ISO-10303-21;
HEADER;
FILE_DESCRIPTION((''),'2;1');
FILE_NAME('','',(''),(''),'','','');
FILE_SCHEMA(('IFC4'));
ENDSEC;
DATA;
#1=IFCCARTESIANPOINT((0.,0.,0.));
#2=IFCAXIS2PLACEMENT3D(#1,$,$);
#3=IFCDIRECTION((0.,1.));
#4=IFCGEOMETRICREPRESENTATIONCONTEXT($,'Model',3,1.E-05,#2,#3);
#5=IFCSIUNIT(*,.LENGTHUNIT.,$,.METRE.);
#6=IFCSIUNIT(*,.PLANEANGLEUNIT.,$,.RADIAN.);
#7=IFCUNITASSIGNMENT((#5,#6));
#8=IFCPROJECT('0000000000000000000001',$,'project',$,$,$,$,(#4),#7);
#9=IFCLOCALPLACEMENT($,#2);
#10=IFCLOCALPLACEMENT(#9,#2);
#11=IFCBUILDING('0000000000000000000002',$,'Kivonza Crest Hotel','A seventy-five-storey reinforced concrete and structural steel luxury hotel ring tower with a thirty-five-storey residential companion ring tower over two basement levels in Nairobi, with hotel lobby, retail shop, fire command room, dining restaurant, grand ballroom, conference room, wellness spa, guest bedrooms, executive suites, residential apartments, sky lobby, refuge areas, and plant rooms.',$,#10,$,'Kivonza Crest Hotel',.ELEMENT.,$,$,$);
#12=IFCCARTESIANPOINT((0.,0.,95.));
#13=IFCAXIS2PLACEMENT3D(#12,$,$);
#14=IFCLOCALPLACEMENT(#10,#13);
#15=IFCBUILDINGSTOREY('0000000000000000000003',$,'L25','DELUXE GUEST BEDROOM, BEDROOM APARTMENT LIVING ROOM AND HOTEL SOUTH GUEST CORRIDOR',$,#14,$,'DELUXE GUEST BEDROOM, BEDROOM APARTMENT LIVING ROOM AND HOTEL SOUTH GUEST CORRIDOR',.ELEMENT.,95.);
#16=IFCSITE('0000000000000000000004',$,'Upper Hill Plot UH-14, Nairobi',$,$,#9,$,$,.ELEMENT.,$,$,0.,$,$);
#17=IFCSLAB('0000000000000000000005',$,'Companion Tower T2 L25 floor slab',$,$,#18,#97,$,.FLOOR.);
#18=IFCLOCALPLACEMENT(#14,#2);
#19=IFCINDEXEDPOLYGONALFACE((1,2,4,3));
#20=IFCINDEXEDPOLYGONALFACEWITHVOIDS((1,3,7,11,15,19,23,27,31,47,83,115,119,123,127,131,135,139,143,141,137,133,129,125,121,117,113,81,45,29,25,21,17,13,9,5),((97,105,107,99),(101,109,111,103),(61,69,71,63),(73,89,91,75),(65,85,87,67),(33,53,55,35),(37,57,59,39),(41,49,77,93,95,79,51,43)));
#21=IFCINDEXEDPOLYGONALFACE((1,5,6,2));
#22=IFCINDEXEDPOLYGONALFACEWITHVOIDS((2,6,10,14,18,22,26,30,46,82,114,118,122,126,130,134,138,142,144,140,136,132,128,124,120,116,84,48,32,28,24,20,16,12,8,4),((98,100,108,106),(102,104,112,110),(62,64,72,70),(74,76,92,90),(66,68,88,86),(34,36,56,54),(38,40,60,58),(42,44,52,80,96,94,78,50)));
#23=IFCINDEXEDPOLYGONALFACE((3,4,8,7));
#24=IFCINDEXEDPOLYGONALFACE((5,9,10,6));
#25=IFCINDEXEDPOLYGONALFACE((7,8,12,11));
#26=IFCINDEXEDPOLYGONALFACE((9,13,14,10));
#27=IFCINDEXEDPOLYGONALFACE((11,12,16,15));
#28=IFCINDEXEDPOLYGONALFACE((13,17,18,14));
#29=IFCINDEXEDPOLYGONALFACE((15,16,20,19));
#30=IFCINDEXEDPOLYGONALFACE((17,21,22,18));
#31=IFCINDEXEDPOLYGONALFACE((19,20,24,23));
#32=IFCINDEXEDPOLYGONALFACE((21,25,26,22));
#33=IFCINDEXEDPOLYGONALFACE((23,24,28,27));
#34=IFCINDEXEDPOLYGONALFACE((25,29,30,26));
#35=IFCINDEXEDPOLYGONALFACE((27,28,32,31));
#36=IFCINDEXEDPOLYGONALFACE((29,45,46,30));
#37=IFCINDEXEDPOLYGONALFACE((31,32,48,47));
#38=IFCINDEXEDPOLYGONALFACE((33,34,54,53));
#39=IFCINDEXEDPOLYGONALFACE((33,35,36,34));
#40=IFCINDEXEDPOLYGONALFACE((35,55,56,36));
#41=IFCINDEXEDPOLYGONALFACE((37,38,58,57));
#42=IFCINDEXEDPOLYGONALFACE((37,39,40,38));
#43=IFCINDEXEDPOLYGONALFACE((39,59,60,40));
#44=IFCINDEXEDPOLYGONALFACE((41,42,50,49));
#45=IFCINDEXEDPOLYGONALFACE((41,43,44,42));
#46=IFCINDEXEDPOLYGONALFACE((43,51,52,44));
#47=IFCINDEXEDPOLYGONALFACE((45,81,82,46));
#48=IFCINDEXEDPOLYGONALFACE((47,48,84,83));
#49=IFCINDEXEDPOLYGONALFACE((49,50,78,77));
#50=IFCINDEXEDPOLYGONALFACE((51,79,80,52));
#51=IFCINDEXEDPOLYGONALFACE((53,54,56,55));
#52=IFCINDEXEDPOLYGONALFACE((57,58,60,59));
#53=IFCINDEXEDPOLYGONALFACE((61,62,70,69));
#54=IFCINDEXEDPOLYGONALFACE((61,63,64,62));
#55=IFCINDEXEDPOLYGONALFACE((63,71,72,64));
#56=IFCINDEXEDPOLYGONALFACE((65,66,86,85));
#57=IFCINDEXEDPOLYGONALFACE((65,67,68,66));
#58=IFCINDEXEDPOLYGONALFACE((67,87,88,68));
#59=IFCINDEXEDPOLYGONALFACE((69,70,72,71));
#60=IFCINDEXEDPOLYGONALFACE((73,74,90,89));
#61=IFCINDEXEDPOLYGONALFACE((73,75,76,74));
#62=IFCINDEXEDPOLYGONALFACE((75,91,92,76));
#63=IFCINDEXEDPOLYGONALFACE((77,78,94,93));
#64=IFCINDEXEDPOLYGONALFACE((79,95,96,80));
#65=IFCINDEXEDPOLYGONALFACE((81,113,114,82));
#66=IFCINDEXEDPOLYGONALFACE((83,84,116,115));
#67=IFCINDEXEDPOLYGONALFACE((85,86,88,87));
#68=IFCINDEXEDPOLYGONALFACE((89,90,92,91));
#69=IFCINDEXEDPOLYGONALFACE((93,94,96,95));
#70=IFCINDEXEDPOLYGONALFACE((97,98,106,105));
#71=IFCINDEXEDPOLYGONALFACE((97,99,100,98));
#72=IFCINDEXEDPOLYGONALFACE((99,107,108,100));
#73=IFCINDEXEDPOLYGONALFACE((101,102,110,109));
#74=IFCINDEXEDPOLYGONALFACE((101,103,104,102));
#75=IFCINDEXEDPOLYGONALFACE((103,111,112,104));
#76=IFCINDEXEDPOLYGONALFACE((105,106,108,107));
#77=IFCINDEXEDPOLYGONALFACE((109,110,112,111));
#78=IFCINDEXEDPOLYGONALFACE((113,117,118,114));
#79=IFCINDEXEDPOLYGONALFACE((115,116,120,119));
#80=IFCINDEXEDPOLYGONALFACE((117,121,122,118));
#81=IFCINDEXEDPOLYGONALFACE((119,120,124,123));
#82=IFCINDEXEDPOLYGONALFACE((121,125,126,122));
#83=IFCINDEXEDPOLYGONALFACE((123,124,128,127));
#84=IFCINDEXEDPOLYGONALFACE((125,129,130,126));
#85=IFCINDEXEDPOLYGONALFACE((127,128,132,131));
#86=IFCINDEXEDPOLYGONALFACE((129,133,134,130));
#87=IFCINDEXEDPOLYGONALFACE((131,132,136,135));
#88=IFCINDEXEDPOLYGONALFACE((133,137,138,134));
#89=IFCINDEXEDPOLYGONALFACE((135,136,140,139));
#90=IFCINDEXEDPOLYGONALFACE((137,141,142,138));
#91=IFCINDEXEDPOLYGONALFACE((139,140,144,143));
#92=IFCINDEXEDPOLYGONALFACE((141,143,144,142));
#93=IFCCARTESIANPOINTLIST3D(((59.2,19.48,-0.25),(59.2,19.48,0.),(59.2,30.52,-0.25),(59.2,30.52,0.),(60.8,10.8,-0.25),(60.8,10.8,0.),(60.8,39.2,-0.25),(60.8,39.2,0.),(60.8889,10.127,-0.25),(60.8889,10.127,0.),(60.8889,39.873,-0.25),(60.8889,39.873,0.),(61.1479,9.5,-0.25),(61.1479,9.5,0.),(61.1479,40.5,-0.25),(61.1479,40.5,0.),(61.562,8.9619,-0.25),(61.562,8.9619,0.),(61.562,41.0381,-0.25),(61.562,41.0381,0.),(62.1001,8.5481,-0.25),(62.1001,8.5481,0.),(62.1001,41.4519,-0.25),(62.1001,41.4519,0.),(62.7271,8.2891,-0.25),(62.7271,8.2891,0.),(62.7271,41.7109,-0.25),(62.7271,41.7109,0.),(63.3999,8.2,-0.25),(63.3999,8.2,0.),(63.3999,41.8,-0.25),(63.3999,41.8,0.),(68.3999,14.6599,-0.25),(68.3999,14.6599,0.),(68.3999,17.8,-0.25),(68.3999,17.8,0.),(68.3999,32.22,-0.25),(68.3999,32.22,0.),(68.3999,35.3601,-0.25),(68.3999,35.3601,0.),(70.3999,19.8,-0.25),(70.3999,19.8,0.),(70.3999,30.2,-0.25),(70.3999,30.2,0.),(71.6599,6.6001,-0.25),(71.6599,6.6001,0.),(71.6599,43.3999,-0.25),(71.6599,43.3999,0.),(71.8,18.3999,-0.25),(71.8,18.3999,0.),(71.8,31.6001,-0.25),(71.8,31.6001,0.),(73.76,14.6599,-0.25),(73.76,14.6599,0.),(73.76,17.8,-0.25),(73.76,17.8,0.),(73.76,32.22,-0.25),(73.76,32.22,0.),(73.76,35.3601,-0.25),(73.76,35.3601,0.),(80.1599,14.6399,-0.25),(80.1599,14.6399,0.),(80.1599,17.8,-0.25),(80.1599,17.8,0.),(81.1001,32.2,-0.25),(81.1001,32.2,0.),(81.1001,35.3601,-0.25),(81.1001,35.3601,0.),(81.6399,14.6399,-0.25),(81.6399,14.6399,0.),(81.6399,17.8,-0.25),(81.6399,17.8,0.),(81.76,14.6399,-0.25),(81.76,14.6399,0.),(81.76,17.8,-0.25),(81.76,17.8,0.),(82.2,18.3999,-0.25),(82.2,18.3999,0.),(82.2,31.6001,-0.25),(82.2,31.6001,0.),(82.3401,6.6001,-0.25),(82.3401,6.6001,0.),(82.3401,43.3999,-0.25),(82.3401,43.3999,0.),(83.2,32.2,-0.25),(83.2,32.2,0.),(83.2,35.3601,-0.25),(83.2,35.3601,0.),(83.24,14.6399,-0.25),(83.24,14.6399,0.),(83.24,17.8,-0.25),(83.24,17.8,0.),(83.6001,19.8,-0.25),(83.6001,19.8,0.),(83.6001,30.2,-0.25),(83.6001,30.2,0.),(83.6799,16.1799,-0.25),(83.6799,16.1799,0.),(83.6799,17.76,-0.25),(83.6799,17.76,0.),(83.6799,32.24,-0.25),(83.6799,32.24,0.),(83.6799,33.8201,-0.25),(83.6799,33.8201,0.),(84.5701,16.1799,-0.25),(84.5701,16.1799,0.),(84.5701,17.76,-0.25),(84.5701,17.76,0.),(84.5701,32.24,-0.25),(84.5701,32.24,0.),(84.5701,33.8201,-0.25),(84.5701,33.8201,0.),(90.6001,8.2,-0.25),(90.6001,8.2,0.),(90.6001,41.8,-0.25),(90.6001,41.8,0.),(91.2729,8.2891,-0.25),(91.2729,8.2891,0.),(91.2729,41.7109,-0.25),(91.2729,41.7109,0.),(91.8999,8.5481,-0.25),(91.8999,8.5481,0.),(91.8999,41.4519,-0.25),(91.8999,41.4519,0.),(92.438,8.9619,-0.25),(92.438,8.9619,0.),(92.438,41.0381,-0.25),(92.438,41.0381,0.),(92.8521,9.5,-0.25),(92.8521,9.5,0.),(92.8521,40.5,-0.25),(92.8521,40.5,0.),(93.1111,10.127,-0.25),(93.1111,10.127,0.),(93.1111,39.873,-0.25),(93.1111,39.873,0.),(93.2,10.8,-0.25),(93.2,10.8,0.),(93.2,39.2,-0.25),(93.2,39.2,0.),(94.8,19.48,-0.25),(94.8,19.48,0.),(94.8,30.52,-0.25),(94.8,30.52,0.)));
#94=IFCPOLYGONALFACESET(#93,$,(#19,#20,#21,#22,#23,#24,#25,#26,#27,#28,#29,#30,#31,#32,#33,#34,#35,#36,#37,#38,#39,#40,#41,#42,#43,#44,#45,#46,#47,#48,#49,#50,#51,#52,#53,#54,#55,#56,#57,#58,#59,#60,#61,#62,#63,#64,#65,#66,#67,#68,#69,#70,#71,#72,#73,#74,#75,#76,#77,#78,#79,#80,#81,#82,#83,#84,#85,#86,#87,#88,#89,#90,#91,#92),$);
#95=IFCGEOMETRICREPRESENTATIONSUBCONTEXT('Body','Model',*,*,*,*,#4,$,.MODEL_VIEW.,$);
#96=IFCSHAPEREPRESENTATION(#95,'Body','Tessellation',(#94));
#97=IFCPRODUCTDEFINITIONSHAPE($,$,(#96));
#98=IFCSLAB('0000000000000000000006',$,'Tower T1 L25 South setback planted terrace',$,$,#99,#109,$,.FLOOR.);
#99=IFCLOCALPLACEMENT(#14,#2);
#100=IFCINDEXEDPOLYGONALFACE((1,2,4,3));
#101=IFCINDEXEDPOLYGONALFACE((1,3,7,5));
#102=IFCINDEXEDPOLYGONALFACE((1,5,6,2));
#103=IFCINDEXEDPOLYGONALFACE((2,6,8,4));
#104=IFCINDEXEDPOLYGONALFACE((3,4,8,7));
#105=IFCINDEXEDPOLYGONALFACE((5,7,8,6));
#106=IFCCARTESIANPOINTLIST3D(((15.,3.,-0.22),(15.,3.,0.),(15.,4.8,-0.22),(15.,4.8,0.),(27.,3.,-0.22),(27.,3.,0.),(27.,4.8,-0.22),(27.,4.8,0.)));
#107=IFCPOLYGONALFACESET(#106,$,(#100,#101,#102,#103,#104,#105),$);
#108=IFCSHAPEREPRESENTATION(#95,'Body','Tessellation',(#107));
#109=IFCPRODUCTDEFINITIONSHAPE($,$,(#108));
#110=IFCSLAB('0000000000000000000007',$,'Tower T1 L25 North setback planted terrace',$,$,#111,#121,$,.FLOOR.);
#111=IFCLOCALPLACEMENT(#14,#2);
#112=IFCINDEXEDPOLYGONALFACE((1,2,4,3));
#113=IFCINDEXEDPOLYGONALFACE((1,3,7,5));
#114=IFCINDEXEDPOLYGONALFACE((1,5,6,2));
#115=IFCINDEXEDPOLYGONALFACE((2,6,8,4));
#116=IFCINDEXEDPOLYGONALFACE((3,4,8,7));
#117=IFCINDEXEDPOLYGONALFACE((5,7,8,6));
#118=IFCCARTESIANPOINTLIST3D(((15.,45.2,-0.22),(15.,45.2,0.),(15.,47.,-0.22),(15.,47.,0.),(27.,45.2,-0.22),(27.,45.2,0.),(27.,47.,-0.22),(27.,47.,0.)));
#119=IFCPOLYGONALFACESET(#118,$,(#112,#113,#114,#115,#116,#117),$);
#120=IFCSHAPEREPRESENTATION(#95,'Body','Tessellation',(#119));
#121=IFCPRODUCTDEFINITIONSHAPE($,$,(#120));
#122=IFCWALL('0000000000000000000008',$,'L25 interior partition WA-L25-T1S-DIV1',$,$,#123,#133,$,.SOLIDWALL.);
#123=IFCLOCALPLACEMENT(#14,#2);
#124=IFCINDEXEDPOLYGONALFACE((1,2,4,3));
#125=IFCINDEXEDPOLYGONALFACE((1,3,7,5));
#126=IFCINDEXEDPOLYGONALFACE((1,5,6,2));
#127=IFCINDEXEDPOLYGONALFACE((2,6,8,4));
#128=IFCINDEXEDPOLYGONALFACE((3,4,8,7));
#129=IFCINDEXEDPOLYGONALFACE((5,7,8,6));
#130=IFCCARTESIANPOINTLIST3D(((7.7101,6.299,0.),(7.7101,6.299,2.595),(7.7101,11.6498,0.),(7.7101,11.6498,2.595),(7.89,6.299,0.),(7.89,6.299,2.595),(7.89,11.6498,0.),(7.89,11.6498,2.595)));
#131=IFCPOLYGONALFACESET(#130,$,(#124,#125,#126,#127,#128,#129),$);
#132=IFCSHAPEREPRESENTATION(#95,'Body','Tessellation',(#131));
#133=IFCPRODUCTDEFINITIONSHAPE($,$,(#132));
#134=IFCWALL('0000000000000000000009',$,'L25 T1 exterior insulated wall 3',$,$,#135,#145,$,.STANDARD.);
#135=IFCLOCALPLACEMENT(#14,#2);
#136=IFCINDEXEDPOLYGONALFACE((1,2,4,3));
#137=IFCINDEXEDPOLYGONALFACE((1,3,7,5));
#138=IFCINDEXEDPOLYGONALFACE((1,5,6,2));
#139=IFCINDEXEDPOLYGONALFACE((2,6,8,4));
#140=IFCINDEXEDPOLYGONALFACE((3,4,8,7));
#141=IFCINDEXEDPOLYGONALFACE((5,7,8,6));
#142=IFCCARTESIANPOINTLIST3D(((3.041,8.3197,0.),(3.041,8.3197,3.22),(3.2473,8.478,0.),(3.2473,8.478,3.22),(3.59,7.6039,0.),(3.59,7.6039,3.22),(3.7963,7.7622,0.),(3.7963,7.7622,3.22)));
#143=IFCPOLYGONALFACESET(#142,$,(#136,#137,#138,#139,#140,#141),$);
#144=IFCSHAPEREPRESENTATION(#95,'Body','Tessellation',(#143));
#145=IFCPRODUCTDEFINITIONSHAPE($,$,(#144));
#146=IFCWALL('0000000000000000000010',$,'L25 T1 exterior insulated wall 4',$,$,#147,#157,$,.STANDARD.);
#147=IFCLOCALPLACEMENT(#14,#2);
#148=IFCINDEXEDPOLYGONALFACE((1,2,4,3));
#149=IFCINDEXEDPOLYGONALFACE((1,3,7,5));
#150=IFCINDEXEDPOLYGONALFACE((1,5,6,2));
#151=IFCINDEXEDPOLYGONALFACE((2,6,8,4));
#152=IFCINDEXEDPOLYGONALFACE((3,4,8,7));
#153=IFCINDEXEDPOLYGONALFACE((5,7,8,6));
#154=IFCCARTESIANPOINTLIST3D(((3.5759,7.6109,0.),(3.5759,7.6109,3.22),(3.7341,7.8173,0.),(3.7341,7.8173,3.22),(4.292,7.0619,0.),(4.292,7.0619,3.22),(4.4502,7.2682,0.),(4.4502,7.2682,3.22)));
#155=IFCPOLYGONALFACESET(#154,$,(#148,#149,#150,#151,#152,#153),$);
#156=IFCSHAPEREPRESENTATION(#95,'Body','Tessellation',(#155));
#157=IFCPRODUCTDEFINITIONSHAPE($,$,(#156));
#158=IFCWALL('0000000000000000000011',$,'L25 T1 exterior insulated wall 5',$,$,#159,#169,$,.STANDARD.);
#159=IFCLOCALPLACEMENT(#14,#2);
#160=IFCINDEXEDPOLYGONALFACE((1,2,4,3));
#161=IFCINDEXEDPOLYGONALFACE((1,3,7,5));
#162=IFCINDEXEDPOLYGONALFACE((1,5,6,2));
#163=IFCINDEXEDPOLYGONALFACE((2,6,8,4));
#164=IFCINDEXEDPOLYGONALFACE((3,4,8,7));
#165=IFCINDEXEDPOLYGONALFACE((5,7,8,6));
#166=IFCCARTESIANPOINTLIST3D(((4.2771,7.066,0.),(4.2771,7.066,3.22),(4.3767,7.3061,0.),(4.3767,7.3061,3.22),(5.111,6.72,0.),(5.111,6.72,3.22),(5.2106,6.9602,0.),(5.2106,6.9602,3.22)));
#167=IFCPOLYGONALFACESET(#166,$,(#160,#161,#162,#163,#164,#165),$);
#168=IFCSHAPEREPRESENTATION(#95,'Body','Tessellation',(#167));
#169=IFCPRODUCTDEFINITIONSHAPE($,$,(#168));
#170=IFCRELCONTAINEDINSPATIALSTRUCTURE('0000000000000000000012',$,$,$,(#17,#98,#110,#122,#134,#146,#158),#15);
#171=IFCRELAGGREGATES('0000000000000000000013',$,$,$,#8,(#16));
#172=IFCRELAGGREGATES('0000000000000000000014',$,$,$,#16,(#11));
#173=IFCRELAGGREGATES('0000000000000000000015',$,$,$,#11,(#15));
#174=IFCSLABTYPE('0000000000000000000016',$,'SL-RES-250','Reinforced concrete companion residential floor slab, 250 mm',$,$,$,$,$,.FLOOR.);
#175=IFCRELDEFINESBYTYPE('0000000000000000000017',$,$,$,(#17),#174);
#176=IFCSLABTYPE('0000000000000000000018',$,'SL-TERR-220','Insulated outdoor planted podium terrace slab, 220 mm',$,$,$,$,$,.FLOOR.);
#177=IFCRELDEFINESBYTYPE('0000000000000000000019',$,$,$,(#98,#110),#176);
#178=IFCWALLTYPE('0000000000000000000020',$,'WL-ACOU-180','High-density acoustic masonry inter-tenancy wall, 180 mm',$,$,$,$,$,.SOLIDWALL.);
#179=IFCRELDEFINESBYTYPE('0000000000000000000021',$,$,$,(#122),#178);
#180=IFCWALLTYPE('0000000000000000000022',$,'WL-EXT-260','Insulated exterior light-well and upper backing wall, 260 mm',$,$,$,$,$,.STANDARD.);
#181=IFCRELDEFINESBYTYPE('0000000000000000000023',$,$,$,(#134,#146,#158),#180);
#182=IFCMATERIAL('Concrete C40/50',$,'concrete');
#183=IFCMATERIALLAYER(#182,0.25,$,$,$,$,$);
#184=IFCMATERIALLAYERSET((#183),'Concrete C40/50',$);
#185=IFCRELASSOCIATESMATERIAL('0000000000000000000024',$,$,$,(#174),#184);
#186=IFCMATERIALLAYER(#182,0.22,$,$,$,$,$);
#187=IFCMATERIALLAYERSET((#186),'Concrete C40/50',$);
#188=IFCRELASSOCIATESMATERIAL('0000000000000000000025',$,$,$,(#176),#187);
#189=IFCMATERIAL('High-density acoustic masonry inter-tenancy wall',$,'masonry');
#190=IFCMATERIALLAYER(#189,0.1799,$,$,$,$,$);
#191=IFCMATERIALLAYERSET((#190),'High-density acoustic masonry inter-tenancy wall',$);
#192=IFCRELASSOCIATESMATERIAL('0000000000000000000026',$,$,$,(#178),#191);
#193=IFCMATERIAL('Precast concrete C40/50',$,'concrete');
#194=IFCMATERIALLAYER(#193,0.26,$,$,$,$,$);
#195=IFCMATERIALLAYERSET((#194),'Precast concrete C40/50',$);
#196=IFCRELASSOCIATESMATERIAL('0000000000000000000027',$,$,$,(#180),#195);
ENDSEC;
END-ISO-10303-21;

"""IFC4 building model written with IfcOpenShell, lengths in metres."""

from ifc_helpers import new_model, si_unit, direction, frame, frame_2d, origin, place, context, subcontext, project, spatial, polyline, rectangle, outline, extrude, material, layer, layer_set, type_object, element, save


model = new_model("IFC4")

# Units and contexts
model_context = context("Model", 3, precision=1e-05, world=origin(), true_north=direction((0.0, 1.0)))
body_context = subcontext(model_context, "Body", "Model", "MODEL_VIEW")
ifc_project = project(units=[si_unit("LENGTHUNIT", "METRE"), si_unit("PLANEANGLEUNIT", "RADIAN")], contexts=[model_context])

# Site, building, storey
site_placement = place(None, origin())
site = spatial("IfcSite", under=ifc_project, at=site_placement, Name="Upper Hill Plot UH-14, Nairobi", CompositionType="ELEMENT", RefElevation=0.0)
building_placement = place(site_placement, origin())
building = spatial("IfcBuilding", under=site, at=building_placement, Name="Kivonza Crest Hotel", Description="A seventy-five-storey reinforced concrete and structural steel luxury hotel ring tower with a thirty-five-storey residential companion ring tower over two basement levels in Nairobi, with hotel lobby, retail shop, fire command room, dining restaurant, grand ballroom, conference room, wellness spa, guest bedrooms, executive suites, residential apartments, sky lobby, refuge areas, and plant rooms.", LongName="Kivonza Crest Hotel", CompositionType="ELEMENT")
storey_placement = place(building_placement, frame((0.0, 0.0, 95.0)))
storey = spatial("IfcBuildingStorey", under=building, at=storey_placement, Name="L25", Description="DELUXE GUEST BEDROOM, BEDROOM APARTMENT LIVING ROOM AND HOTEL SOUTH GUEST CORRIDOR", LongName="DELUXE GUEST BEDROOM, BEDROOM APARTMENT LIVING ROOM AND HOTEL SOUTH GUEST CORRIDOR", CompositionType="ELEMENT", Elevation=95.0)

# Shared definitions
ifc_material_1 = material(Name="Concrete C40/50", Category="concrete")

# Slabs
ifc_layer_1 = layer(ifc_material_1, 0.25)
ifc_layer_set_1 = layer_set([ifc_layer_1], Name="Concrete C40/50")
slab_type_1 = type_object("IfcSlabType", Name="SL-RES-250", Description="Reinforced concrete companion residential floor slab, 250 mm", PredefinedType="FLOOR", material=ifc_layer_set_1)
slab_1_placement = place(storey_placement, frame((0.0, 0.0, -0.25)))
element("IfcSlab", 1, at=slab_1_placement, inside=storey, type_object=slab_type_1, Name="Companion Tower T2 L25 floor slab", PredefinedType="FLOOR", context=body_context, shape_type="SweptSolid", body=[
    extrude(outline(polyline([(60.8, 10.8), (60.8889, 10.127), (61.1479, 9.5), (61.562, 8.9619), (62.1001, 8.5481), (62.7271, 8.2891), (63.3999, 8.2), (71.6599, 6.6001), (82.3401, 6.6001), (90.6001, 8.2), (91.2729, 8.2891), (91.8999, 8.5481), (92.438, 8.9619), (92.8521, 9.5), (93.1111, 10.127), (93.2, 10.8), (94.8, 19.48), (94.8, 30.52), (93.2, 39.2), (93.1111, 39.873), (92.8521, 40.5), (92.438, 41.0381), (91.8999, 41.4519), (91.2729, 41.7109), (90.6001, 41.8), (82.3401, 43.3999), (71.6599, 43.3999), (63.3999, 41.8), (62.7271, 41.7109), (62.1001, 41.4519), (61.562, 41.0381), (61.1479, 40.5), (60.8889, 39.873), (60.8, 39.2), (59.2, 30.52), (59.2, 19.48), (60.8, 10.8)]), holes=[polyline([(71.8, 18.3999), (82.2, 18.3999), (83.6001, 19.8), (83.6001, 30.2), (82.2, 31.6001), (71.8, 31.6001), (70.3999, 30.2), (70.3999, 19.8), (71.8, 18.3999)]), polyline([(68.3999, 32.22), (73.76, 32.22), (73.76, 35.3601), (68.3999, 35.3601), (68.3999, 32.22)]), polyline([(68.3999, 14.6599), (73.76, 14.6599), (73.76, 17.8), (68.3999, 17.8), (68.3999, 14.6599)]), polyline([(83.6799, 32.24), (84.5701, 32.24), (84.5701, 33.8201), (83.6799, 33.8201), (83.6799, 32.24)]), polyline([(83.6799, 16.1799), (84.5701, 16.1799), (84.5701, 17.76), (83.6799, 17.76), (83.6799, 16.1799)]), polyline([(81.1001, 32.2), (83.2, 32.2), (83.2, 35.3601), (81.1001, 35.3601), (81.1001, 32.2)]), polyline([(80.1599, 14.6399), (81.6399, 14.6399), (81.6399, 17.8), (80.1599, 17.8), (80.1599, 14.6399)]), polyline([(81.76, 14.6399), (83.24, 14.6399), (83.24, 17.8), (81.76, 17.8), (81.76, 14.6399)])]), origin(), (0.0, 0.0, 1.0), 0.25),
])
ifc_layer_2 = layer(ifc_material_1, 0.22)
ifc_layer_set_2 = layer_set([ifc_layer_2], Name="Concrete C40/50")
slab_type_2 = type_object("IfcSlabType", Name="SL-TERR-220", Description="Insulated outdoor planted podium terrace slab, 220 mm", PredefinedType="FLOOR", material=ifc_layer_set_2)
slab_2_placement = place(storey_placement, frame((0.0, 0.0, -0.22)))
element("IfcSlab", 2, at=slab_2_placement, inside=storey, type_object=slab_type_2, Name="Tower T1 L25 South setback planted terrace", PredefinedType="FLOOR", context=body_context, shape_type="SweptSolid", body=[
    extrude(outline(polyline([(15.0, 3.0), (27.0, 3.0), (27.0, 4.8), (15.0, 4.8), (15.0, 3.0)])), origin(), (0.0, 0.0, 1.0), 0.22),
])
slab_3_placement = place(storey_placement, frame((0.0, 0.0, -0.22)))
element("IfcSlab", 3, at=slab_3_placement, inside=storey, type_object=slab_type_2, Name="Tower T1 L25 North setback planted terrace", PredefinedType="FLOOR", context=body_context, shape_type="SweptSolid", body=[
    extrude(outline(polyline([(15.0, 45.2), (27.0, 45.2), (27.0, 47.0), (15.0, 47.0), (15.0, 45.2)])), origin(), (0.0, 0.0, 1.0), 0.22),
])

# Walls
ifc_material_2 = material(Name="High-density acoustic masonry inter-tenancy wall", Category="masonry")
ifc_layer_3 = layer(ifc_material_2, 0.1799)
ifc_layer_set_3 = layer_set([ifc_layer_3], Name="High-density acoustic masonry inter-tenancy wall")
wall_type_1 = type_object("IfcWallType", Name="WL-ACOU-180", Description="High-density acoustic masonry inter-tenancy wall, 180 mm", PredefinedType="SOLIDWALL", material=ifc_layer_set_3)
wall_1_placement = place(storey_placement, frame((7.8, 6.2991, 0.0), z_axis=(0.0, 0.0, 1.0), x_axis=(0.0, 1.0, 0.0)))
element("IfcWall", 4, at=wall_1_placement, inside=storey, type_object=wall_type_1, Name="L25 interior partition WA-L25-T1S-DIV1", PredefinedType="SOLIDWALL", context=body_context, shape_type="SweptSolid", body=[
    extrude(rectangle(XDim=5.3508, YDim=0.1799, at=frame_2d((2.6753, 0.0))), origin(), (0.0, 0.0, 1.0), 2.595),
])
ifc_material_3 = material(Name="Precast concrete C40/50", Category="concrete")
ifc_layer_4 = layer(ifc_material_3, 0.26)
ifc_layer_set_4 = layer_set([ifc_layer_4], Name="Precast concrete C40/50")
wall_type_2 = type_object("IfcWallType", Name="WL-EXT-260", Description="Insulated exterior light-well and upper backing wall, 260 mm", PredefinedType="STANDARD", material=ifc_layer_set_4)
wall_2_placement = place(storey_placement, frame((3.144, 8.3989, 0.0), z_axis=(0.0, 0.0, 1.0), x_axis=(0.608625, -0.793458, 0.0)))
element("IfcWall", 5, at=wall_2_placement, inside=storey, type_object=wall_type_2, Name="L25 T1 exterior insulated wall 3", PredefinedType="STANDARD", context=body_context, shape_type="SweptSolid", body=[
    extrude(rectangle(XDim=0.9021, YDim=0.26, at=frame_2d((0.4512, 0.0))), origin(), (0.0, 0.0, 1.0), 3.22),
])
wall_3_placement = place(storey_placement, frame((3.655, 7.7141, 0.0), z_axis=(0.0, 0.0, 1.0), x_axis=(0.793558, -0.608494, 0.0)))
element("IfcWall", 6, at=wall_3_placement, inside=storey, type_object=wall_type_2, Name="L25 T1 exterior insulated wall 4", PredefinedType="STANDARD", context=body_context, shape_type="SweptSolid", body=[
    extrude(rectangle(XDim=0.9023, YDim=0.26, at=frame_2d((0.4512, 0.0))), origin(), (0.0, 0.0, 1.0), 3.22),
])
wall_4_placement = place(storey_placement, frame((4.3269, 7.186, 0.0), z_axis=(0.0, 0.0, 1.0), x_axis=(0.923684, -0.383156, 0.0)))
element("IfcWall", 7, at=wall_4_placement, inside=storey, type_object=wall_type_2, Name="L25 T1 exterior insulated wall 5", PredefinedType="STANDARD", context=body_context, shape_type="SweptSolid", body=[
    extrude(rectangle(XDim=0.9028, YDim=0.26, at=frame_2d((0.4514, 0.0))), origin(), (0.0, 0.0, 1.0), 3.22),
])

save(model, "model.ifc")
